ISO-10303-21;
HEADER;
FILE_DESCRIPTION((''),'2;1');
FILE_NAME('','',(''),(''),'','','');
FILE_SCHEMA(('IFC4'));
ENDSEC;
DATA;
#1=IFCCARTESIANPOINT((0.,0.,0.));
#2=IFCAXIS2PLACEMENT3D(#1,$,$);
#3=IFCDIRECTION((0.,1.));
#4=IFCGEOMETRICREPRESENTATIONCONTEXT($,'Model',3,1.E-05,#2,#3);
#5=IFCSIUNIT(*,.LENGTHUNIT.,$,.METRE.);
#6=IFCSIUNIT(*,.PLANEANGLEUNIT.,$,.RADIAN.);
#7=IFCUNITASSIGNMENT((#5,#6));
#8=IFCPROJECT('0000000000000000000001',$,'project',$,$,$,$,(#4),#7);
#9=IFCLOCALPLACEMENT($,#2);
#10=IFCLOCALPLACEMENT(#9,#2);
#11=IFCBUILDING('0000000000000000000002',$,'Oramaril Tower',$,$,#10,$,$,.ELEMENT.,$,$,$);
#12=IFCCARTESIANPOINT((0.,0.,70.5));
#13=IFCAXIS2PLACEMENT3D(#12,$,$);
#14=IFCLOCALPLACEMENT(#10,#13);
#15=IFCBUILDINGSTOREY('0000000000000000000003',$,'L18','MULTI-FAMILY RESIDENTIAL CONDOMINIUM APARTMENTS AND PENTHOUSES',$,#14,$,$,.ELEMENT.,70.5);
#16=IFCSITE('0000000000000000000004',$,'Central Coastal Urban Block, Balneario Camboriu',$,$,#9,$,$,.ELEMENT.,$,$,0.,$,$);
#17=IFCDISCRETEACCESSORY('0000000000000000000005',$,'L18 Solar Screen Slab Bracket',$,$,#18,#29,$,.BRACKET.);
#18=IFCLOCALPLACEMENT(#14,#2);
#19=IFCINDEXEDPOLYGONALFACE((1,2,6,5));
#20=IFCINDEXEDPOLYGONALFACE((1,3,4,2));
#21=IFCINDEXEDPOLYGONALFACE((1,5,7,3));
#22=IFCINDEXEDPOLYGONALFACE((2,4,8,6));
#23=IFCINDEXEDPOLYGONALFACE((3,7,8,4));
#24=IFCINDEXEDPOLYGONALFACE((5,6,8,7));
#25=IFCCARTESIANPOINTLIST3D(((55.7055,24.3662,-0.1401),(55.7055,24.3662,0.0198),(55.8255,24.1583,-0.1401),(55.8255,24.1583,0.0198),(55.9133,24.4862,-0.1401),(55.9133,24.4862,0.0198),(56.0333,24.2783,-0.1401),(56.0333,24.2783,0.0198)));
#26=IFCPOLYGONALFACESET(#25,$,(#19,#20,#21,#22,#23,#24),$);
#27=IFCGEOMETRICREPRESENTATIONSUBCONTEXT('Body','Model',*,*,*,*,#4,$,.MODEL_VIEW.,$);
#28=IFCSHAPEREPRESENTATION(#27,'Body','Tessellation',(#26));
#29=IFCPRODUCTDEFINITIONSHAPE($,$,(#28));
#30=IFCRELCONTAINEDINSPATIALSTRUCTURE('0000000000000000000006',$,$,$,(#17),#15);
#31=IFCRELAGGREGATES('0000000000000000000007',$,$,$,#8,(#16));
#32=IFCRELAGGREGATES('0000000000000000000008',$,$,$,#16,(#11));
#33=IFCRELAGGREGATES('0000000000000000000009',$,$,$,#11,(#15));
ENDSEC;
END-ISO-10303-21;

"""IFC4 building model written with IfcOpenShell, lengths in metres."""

from ifc_helpers import new_model, si_unit, direction, frame, origin, origin_2d, place, context, subcontext, project, spatial, rectangle, extrude, element, save


model = new_model("IFC4")

# Units and contexts
model_context = context("Model", 3, precision=1e-05, world=origin(), true_north=direction((0.0, 1.0)))
body_context = subcontext(model_context, "Body", "Model", "MODEL_VIEW")
ifc_project = project(units=[si_unit("LENGTHUNIT", "METRE"), si_unit("PLANEANGLEUNIT", "RADIAN")], contexts=[model_context])

# Site, building, storey
site_placement = place(None, origin())
site = spatial("IfcSite", under=ifc_project, at=site_placement, Name="Central Coastal Urban Block, Balneario Camboriu", CompositionType="ELEMENT", RefElevation=0.0)
building_placement = place(site_placement, origin())
building = spatial("IfcBuilding", under=site, at=building_placement, Name="Oramaril Tower", CompositionType="ELEMENT")
storey_placement = place(building_placement, frame((0.0, 0.0, 70.5)))
storey = spatial("IfcBuildingStorey", under=building, at=storey_placement, Name="L18", Description="MULTI-FAMILY RESIDENTIAL CONDOMINIUM APARTMENTS AND PENTHOUSES", CompositionType="ELEMENT", Elevation=70.5)

# Discrete accessory
discrete_accessory_placement = place(storey_placement, frame((55.8694, 24.3223, -0.1401), z_axis=(0.0, 0.0, 1.0), x_axis=(-0.499998, 0.866026, 0.0)))
element("IfcDiscreteAccessory", 1, at=discrete_accessory_placement, inside=storey, Name="L18 Solar Screen Slab Bracket", PredefinedType="BRACKET", context=body_context, shape_type="SweptSolid", body=[
    extrude(rectangle(XDim=0.24, YDim=0.24, at=origin_2d()), origin(), (0.0, 0.0, 1.0), 0.1599),
])

save(model, "model.ifc")
